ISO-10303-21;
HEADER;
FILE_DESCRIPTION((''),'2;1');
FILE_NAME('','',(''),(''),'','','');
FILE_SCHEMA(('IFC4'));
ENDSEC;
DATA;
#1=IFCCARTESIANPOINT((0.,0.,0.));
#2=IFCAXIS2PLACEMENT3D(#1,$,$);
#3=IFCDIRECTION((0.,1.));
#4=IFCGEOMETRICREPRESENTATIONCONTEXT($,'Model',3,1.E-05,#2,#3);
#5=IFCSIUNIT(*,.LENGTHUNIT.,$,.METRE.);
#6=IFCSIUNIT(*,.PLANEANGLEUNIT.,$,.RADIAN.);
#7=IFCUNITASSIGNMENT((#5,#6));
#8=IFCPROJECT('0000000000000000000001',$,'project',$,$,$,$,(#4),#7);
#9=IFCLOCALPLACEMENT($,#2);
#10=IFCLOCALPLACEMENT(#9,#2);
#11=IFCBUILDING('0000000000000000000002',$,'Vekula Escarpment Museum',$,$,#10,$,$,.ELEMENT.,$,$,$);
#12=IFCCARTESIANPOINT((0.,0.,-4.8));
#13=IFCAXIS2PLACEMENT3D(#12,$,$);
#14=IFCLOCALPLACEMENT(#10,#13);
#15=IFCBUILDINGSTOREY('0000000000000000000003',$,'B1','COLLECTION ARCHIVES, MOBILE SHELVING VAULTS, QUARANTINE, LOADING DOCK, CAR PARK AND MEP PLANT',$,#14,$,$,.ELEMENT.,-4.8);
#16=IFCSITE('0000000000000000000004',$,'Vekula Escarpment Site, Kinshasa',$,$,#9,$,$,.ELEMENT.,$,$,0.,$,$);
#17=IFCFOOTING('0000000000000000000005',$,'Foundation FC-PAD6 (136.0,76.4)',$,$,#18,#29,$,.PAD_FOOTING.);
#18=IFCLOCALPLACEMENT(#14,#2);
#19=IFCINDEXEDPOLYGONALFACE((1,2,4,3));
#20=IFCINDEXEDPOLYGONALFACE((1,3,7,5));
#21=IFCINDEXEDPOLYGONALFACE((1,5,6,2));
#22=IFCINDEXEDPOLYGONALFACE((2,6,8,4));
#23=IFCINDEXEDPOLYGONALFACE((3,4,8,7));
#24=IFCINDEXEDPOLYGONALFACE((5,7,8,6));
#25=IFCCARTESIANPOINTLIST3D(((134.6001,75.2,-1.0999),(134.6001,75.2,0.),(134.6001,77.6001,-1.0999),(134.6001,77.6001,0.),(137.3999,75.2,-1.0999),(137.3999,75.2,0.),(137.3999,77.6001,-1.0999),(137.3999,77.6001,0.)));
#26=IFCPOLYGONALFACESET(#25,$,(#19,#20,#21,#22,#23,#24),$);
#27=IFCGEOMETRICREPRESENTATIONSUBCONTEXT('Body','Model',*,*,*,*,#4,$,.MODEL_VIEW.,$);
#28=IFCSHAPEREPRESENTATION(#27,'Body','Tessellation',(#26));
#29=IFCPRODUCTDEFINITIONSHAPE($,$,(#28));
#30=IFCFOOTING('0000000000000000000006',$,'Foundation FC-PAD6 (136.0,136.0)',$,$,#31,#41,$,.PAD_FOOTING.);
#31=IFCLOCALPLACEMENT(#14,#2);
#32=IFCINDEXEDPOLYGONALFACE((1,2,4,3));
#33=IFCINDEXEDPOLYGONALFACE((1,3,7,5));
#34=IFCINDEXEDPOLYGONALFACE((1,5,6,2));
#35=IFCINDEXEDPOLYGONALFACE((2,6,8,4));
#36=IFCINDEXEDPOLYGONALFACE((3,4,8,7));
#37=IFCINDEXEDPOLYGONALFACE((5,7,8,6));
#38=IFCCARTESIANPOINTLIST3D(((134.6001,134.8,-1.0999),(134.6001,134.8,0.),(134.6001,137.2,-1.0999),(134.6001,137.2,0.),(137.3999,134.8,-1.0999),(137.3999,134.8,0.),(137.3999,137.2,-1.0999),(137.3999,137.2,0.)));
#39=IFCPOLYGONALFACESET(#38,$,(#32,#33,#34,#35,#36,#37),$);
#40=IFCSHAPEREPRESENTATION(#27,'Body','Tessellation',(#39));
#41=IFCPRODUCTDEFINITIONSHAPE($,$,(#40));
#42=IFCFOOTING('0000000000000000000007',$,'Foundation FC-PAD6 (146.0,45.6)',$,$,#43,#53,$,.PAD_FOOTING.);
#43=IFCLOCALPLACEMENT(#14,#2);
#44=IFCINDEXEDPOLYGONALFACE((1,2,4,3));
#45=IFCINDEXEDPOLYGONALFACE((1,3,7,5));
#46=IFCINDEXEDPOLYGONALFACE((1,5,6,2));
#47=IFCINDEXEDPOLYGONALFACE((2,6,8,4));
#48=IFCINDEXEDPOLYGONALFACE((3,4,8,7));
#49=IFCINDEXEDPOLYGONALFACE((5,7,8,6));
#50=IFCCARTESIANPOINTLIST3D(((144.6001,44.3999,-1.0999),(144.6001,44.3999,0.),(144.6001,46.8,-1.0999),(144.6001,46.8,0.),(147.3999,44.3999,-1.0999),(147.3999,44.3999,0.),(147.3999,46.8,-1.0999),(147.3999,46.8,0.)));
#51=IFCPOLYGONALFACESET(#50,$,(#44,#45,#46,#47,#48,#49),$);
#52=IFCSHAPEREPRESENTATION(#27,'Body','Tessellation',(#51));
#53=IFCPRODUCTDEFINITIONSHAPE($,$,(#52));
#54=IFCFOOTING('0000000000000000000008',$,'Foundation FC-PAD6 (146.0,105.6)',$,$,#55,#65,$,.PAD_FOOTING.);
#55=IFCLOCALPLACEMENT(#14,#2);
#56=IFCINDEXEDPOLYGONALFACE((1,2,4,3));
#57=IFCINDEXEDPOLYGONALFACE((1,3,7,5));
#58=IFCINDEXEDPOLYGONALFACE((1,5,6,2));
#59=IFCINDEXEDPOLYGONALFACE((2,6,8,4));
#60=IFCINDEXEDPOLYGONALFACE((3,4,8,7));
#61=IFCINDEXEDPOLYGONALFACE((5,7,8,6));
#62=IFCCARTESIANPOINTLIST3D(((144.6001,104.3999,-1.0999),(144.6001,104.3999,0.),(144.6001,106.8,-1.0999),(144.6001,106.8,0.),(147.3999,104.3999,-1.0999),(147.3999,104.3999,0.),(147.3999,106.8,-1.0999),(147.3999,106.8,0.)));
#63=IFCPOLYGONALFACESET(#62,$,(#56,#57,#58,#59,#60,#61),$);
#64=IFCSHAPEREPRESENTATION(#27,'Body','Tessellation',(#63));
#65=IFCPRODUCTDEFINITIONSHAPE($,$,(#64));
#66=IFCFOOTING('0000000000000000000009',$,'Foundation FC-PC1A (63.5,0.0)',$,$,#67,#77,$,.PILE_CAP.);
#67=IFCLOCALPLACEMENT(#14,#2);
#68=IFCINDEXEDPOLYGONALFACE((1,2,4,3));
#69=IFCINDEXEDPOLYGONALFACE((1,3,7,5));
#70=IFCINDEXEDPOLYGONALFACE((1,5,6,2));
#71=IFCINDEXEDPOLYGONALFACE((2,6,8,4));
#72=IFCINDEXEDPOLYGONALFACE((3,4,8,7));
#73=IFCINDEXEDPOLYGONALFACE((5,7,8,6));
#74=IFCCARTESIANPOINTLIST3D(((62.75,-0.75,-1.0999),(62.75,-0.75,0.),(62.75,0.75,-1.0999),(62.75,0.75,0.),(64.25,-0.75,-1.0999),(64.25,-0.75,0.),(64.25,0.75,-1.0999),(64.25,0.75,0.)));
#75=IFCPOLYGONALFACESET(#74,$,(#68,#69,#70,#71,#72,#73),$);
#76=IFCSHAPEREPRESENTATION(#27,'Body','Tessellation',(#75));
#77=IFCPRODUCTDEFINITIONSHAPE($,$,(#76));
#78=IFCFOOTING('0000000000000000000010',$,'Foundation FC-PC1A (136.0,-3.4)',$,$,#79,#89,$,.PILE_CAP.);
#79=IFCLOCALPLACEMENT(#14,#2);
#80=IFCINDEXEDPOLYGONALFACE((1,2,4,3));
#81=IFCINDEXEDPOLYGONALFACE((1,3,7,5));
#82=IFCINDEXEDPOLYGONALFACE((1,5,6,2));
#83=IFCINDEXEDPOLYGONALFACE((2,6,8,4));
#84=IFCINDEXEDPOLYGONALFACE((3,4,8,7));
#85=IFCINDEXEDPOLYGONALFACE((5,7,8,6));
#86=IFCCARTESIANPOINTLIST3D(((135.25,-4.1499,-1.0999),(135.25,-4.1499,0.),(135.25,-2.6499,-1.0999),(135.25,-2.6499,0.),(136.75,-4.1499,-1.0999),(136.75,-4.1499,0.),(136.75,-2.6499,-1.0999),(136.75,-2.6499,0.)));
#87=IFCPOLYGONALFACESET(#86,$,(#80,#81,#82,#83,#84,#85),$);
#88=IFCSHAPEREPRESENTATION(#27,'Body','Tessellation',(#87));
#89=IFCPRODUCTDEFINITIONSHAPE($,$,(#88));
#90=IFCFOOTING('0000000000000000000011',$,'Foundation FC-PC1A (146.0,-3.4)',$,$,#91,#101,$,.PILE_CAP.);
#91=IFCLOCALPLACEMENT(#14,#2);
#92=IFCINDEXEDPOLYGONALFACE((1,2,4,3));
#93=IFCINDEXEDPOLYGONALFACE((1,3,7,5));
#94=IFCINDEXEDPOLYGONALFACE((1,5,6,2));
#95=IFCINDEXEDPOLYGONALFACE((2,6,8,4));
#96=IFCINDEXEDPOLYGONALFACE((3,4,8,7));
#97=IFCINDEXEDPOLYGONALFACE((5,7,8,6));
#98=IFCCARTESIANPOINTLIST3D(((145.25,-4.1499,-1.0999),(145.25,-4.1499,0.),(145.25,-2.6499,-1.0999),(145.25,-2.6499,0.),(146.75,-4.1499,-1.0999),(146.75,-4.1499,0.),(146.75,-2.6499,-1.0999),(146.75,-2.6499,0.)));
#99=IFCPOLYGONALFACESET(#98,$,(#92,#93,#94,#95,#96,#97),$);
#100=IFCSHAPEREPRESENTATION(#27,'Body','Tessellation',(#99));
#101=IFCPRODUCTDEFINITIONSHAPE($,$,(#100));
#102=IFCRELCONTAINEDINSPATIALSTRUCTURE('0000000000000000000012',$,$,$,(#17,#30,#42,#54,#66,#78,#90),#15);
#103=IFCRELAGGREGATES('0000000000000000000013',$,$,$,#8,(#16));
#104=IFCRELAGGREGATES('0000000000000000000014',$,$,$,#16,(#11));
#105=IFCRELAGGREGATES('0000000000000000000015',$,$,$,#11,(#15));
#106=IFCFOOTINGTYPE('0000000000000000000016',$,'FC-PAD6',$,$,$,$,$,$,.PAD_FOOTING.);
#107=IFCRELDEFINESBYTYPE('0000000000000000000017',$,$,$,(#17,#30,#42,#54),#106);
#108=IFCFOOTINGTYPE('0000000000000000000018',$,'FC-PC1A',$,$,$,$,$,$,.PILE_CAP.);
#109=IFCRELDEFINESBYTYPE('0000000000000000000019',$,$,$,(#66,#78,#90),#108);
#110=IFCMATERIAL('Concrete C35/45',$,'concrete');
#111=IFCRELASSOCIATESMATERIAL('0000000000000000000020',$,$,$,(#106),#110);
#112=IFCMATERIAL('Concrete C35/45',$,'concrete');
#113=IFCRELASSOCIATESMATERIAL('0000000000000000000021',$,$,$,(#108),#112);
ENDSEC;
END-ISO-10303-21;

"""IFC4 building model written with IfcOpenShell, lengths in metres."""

from ifc_helpers import new_model, si_unit, direction, frame, origin, place, context, subcontext, project, spatial, polyline, outline, extrude, material, type_object, element, save


model = new_model("IFC4")

# Units and contexts
model_context = context("Model", 3, precision=1e-05, world=origin(), true_north=direction((0.0, 1.0)))
body_context = subcontext(model_context, "Body", "Model", "MODEL_VIEW")
ifc_project = project(units=[si_unit("LENGTHUNIT", "METRE"), si_unit("PLANEANGLEUNIT", "RADIAN")], contexts=[model_context])

# Site, building, storey
site_placement = place(None, origin())
site = spatial("IfcSite", under=ifc_project, at=site_placement, Name="Vekula Escarpment Site, Kinshasa", CompositionType="ELEMENT", RefElevation=0.0)
building_placement = place(site_placement, origin())
building = spatial("IfcBuilding", under=site, at=building_placement, Name="Vekula Escarpment Museum", CompositionType="ELEMENT")
storey_placement = place(building_placement, frame((0.0, 0.0, -4.8)))
storey = spatial("IfcBuildingStorey", under=building, at=storey_placement, Name="B1", Description="COLLECTION ARCHIVES, MOBILE SHELVING VAULTS, QUARANTINE, LOADING DOCK, CAR PARK AND MEP PLANT", CompositionType="ELEMENT", Elevation=-4.8)

# Footings
ifc_material_1 = material(Name="Concrete C35/45", Category="concrete")
footing_type_1 = type_object("IfcFootingType", Name="FC-PAD6", PredefinedType="PAD_FOOTING", material=ifc_material_1)
footing_1_placement = place(storey_placement, frame((0.0, 0.0, -1.0999)))
element("IfcFooting", 1, at=footing_1_placement, inside=storey, type_object=footing_type_1, Name="Foundation FC-PAD6 (136.0,76.4)", PredefinedType="PAD_FOOTING", context=body_context, shape_type="SweptSolid", body=[
    extrude(outline(polyline([(134.6001, 75.2), (137.3999, 75.2), (137.3999, 77.6001), (134.6001, 77.6001), (134.6001, 75.2)])), origin(), (0.0, 0.0, 1.0), 1.0999),
])
footing_2_placement = place(storey_placement, frame((0.0, 0.0, -1.0999)))
element("IfcFooting", 2, at=footing_2_placement, inside=storey, type_object=footing_type_1, Name="Foundation FC-PAD6 (136.0,136.0)", PredefinedType="PAD_FOOTING", context=body_context, shape_type="SweptSolid", body=[
    extrude(outline(polyline([(134.6001, 134.8), (137.3999, 134.8), (137.3999, 137.2), (134.6001, 137.2), (134.6001, 134.8)])), origin(), (0.0, 0.0, 1.0), 1.0999),
])
footing_3_placement = place(storey_placement, frame((0.0, 0.0, -1.0999)))
element("IfcFooting", 3, at=footing_3_placement, inside=storey, type_object=footing_type_1, Name="Foundation FC-PAD6 (146.0,45.6)", PredefinedType="PAD_FOOTING", context=body_context, shape_type="SweptSolid", body=[
    extrude(outline(polyline([(144.6001, 44.3999), (147.3999, 44.3999), (147.3999, 46.8), (144.6001, 46.8), (144.6001, 44.3999)])), origin(), (0.0, 0.0, 1.0), 1.0999),
])
footing_4_placement = place(storey_placement, frame((0.0, 0.0, -1.0999)))
element("IfcFooting", 4, at=footing_4_placement, inside=storey, type_object=footing_type_1, Name="Foundation FC-PAD6 (146.0,105.6)", PredefinedType="PAD_FOOTING", context=body_context, shape_type="SweptSolid", body=[
    extrude(outline(polyline([(144.6001, 104.3999), (147.3999, 104.3999), (147.3999, 106.8), (144.6001, 106.8), (144.6001, 104.3999)])), origin(), (0.0, 0.0, 1.0), 1.0999),
])
ifc_material_2 = material(Name="Concrete C35/45", Category="concrete")
footing_type_2 = type_object("IfcFootingType", Name="FC-PC1A", PredefinedType="PILE_CAP", material=ifc_material_2)
footing_5_placement = place(storey_placement, frame((0.0, 0.0, -1.0999)))
element("IfcFooting", 5, at=footing_5_placement, inside=storey, type_object=footing_type_2, Name="Foundation FC-PC1A (63.5,0.0)", PredefinedType="PILE_CAP", context=body_context, shape_type="SweptSolid", body=[
    extrude(outline(polyline([(62.75, -0.75), (64.25, -0.75), (64.25, 0.75), (62.75, 0.75), (62.75, -0.75)])), origin(), (0.0, 0.0, 1.0), 1.0999),
])
footing_6_placement = place(storey_placement, frame((0.0, 0.0, -1.0999)))
element("IfcFooting", 6, at=footing_6_placement, inside=storey, type_object=footing_type_2, Name="Foundation FC-PC1A (136.0,-3.4)", PredefinedType="PILE_CAP", context=body_context, shape_type="SweptSolid", body=[
    extrude(outline(polyline([(135.25, -4.1499), (136.75, -4.1499), (136.75, -2.6499), (135.25, -2.6499), (135.25, -4.1499)])), origin(), (0.0, 0.0, 1.0), 1.0999),
])
footing_7_placement = place(storey_placement, frame((0.0, 0.0, -1.0999)))
element("IfcFooting", 7, at=footing_7_placement, inside=storey, type_object=footing_type_2, Name="Foundation FC-PC1A (146.0,-3.4)", PredefinedType="PILE_CAP", context=body_context, shape_type="SweptSolid", body=[
    extrude(outline(polyline([(145.25, -4.1499), (146.75, -4.1499), (146.75, -2.6499), (145.25, -2.6499), (145.25, -4.1499)])), origin(), (0.0, 0.0, 1.0), 1.0999),
])

save(model, "model.ifc")
